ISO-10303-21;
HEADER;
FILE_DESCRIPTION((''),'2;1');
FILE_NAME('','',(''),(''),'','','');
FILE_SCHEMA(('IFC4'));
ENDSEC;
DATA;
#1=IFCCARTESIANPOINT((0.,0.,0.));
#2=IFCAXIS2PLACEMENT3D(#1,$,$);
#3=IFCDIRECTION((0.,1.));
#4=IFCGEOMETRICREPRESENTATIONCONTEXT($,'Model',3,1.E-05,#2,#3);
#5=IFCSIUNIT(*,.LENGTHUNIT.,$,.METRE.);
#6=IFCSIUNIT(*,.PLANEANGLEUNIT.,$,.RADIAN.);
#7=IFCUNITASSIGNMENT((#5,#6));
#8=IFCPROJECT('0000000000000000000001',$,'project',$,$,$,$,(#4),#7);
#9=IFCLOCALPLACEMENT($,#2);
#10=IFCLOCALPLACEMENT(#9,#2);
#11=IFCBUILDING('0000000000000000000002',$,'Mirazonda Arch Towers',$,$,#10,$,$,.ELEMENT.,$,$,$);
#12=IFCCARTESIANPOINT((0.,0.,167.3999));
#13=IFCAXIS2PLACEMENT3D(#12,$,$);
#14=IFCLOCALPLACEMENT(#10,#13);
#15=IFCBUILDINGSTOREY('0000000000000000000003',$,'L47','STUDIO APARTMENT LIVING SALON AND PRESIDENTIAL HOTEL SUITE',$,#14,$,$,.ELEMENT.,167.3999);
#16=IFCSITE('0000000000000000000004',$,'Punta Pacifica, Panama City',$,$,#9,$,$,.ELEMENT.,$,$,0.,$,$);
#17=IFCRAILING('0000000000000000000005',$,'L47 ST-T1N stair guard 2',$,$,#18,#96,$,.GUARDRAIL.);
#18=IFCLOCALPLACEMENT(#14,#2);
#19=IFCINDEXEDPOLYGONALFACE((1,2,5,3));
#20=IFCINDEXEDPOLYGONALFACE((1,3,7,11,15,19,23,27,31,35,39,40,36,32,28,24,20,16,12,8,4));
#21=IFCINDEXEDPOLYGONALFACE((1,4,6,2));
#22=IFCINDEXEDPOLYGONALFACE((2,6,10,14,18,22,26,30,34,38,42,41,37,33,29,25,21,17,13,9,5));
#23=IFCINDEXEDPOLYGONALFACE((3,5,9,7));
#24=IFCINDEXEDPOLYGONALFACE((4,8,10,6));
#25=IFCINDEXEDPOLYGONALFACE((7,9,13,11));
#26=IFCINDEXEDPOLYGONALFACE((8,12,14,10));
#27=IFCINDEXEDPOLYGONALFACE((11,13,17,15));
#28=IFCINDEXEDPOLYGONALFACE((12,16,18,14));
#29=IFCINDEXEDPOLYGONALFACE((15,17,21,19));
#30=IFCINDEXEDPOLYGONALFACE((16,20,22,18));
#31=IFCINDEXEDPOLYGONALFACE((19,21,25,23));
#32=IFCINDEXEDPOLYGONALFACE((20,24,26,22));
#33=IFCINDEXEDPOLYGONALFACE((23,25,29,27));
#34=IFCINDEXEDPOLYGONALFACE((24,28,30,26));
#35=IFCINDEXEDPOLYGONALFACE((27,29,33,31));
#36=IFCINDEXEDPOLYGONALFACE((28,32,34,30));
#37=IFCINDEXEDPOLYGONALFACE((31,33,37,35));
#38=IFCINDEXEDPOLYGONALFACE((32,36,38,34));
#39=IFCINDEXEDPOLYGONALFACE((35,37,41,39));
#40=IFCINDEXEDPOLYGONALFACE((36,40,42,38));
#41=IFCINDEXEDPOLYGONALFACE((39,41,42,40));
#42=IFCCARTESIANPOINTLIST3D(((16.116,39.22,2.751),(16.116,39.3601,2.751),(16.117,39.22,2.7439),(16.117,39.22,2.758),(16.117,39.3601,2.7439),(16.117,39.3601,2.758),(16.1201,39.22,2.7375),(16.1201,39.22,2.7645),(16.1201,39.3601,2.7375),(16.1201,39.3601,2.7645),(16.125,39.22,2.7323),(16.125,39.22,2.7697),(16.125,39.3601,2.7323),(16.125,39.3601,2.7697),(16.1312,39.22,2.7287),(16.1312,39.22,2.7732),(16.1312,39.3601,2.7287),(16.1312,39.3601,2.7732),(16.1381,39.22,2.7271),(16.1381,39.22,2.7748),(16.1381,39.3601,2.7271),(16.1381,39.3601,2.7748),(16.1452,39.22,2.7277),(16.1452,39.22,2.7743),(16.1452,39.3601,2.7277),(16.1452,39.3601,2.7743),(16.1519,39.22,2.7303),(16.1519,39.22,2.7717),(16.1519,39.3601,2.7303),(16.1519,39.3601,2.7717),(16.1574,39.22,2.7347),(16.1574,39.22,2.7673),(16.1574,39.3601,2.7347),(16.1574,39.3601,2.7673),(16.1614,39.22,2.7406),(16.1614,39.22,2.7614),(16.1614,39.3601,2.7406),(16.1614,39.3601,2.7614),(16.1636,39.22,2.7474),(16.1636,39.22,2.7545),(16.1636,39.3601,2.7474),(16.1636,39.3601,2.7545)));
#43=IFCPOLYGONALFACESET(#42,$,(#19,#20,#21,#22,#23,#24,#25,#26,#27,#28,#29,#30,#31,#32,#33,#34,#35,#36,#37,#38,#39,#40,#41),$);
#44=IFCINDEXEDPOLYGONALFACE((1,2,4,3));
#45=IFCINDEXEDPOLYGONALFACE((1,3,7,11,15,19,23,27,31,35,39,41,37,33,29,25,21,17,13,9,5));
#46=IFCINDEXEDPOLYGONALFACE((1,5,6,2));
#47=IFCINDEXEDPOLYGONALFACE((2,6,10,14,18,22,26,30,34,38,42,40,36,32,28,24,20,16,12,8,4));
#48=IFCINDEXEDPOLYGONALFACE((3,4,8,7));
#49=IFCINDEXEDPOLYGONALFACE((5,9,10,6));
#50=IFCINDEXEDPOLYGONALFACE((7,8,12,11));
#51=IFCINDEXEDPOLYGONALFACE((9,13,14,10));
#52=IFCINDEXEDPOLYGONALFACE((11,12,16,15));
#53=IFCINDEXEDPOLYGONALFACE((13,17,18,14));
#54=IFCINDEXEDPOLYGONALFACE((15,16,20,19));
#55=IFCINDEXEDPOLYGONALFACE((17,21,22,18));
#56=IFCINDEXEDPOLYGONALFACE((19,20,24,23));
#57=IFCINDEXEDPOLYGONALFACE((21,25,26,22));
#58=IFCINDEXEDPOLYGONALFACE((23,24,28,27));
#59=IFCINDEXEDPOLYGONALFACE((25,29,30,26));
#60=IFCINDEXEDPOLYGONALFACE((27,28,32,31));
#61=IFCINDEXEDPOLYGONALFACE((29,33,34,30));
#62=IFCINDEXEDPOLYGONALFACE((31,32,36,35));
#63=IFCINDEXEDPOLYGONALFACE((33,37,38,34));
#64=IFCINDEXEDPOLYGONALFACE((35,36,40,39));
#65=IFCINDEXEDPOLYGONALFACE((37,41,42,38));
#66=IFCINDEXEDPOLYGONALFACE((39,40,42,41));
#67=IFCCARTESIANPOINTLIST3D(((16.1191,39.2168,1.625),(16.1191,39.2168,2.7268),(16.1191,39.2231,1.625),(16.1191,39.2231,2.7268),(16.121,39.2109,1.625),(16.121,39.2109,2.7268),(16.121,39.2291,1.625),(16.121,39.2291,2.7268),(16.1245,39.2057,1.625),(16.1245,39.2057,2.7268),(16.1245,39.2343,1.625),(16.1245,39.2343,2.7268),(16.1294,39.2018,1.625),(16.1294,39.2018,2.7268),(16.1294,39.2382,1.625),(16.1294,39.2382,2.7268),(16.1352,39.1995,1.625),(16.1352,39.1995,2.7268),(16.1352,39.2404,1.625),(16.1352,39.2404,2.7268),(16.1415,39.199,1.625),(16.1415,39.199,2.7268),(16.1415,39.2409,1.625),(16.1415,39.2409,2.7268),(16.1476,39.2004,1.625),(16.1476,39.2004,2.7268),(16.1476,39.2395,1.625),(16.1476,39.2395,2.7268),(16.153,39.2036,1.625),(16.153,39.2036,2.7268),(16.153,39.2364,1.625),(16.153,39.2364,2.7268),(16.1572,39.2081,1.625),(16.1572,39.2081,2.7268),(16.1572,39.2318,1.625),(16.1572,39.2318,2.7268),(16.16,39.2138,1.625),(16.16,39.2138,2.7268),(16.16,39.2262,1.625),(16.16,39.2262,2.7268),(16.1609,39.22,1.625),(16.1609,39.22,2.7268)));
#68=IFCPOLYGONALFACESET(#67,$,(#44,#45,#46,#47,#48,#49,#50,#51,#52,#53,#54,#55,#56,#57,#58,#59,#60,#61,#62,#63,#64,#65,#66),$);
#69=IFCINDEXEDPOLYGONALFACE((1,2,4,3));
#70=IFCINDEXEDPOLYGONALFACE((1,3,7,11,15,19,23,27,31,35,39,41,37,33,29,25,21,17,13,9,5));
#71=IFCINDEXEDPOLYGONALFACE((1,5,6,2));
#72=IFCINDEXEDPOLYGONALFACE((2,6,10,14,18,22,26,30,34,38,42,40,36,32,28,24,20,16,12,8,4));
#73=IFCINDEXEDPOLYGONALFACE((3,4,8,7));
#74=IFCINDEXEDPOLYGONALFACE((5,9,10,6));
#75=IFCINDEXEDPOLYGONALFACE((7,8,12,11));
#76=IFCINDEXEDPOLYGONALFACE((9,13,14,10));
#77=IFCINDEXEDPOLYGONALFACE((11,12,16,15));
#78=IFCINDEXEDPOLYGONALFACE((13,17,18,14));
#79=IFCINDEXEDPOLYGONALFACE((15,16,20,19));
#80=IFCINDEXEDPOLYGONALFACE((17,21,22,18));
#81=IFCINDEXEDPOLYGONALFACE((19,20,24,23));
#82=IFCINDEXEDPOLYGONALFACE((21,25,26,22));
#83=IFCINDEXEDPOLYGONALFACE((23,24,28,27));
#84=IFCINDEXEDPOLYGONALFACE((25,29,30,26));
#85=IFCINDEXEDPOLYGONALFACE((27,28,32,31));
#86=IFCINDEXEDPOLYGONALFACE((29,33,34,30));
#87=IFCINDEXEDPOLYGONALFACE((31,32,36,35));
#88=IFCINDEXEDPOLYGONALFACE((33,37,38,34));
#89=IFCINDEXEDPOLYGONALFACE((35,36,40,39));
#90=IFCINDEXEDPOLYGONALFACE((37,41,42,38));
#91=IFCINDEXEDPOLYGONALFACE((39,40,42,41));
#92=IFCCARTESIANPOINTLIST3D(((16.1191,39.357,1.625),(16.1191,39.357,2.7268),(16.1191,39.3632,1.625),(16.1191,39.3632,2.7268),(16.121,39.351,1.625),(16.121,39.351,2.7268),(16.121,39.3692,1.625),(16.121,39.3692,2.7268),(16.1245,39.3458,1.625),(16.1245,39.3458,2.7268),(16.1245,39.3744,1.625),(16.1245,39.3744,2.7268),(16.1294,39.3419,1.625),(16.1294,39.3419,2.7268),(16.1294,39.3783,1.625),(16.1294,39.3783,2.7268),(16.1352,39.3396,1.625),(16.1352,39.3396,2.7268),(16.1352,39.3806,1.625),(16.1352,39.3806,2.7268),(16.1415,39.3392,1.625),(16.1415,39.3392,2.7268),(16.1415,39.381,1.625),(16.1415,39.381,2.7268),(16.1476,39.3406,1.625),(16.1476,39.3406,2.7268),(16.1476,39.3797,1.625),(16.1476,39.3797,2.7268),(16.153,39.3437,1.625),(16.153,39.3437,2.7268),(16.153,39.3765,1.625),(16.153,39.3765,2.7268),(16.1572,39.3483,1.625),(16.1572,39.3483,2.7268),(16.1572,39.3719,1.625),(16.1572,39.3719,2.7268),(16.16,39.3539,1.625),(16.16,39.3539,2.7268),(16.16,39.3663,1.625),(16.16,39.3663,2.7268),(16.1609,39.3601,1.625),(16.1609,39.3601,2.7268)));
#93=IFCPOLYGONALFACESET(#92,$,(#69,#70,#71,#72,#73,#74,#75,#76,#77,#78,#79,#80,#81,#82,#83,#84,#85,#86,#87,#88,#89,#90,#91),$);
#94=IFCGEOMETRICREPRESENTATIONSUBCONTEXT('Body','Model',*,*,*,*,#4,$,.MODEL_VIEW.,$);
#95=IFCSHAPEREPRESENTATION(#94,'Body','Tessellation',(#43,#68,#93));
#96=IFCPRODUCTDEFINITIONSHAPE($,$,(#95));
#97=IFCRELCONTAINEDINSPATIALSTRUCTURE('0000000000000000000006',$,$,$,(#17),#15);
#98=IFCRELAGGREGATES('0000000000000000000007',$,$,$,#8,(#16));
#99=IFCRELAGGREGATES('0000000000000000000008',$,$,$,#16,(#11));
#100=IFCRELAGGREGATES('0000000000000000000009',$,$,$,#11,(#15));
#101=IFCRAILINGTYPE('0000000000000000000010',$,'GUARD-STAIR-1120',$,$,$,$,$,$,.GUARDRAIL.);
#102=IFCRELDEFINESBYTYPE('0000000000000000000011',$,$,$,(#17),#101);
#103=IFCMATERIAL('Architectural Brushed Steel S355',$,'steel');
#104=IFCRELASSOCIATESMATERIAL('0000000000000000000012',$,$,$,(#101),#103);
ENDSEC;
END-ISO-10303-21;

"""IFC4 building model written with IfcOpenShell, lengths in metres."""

from ifc_helpers import new_model, si_unit, direction, frame, origin, origin_2d, place, context, subcontext, project, spatial, circle, extrude, material, type_object, element, save


model = new_model("IFC4")

# Units and contexts
model_context = context("Model", 3, precision=1e-05, world=origin(), true_north=direction((0.0, 1.0)))
body_context = subcontext(model_context, "Body", "Model", "MODEL_VIEW")
ifc_project = project(units=[si_unit("LENGTHUNIT", "METRE"), si_unit("PLANEANGLEUNIT", "RADIAN")], contexts=[model_context])

# Site, building, storey
site_placement = place(None, origin())
site = spatial("IfcSite", under=ifc_project, at=site_placement, Name="Punta Pacifica, Panama City", CompositionType="ELEMENT", RefElevation=0.0)
building_placement = place(site_placement, origin())
building = spatial("IfcBuilding", under=site, at=building_placement, Name="Mirazonda Arch Towers", CompositionType="ELEMENT")
storey_placement = place(building_placement, frame((0.0, 0.0, 167.3999)))
storey = spatial("IfcBuildingStorey", under=building, at=storey_placement, Name="L47", Description="STUDIO APARTMENT LIVING SALON AND PRESIDENTIAL HOTEL SUITE", CompositionType="ELEMENT", Elevation=167.3999)

# Shared definitions
ifc_material_1 = material(Name="Architectural Brushed Steel S355", Category="steel")

# Railing
railing_type_1 = type_object("IfcRailingType", Name="GUARD-STAIR-1120", PredefinedType="GUARDRAIL", material=ifc_material_1)
railing_1_placement = place(storey_placement, frame((16.1399, 39.22, 1.625)))
element("IfcRailing", 1, at=railing_1_placement, inside=storey, type_object=railing_type_1, Name="L47 ST-T1N stair guard 2", PredefinedType="GUARDRAIL", context=body_context, shape_type="SweptSolid", body=[
    extrude(circle(Radius=0.0239, at=origin_2d()), frame((0.0, 0.0, 1.126), z_axis=(0.0, 1.0, 0.0), x_axis=(-1.0, 0.0, 0.0)), (0.0, 0.0, 1.0), 0.1401),
    extrude(circle(Radius=0.021, at=origin_2d()), origin(), (0.0, 0.0, 1.0), 1.1018),
    extrude(circle(Radius=0.021, at=origin_2d()), frame((0.0, 0.1401, 0.0)), (0.0, 0.0, 1.0), 1.1018),
])

save(model, "model.ifc")
